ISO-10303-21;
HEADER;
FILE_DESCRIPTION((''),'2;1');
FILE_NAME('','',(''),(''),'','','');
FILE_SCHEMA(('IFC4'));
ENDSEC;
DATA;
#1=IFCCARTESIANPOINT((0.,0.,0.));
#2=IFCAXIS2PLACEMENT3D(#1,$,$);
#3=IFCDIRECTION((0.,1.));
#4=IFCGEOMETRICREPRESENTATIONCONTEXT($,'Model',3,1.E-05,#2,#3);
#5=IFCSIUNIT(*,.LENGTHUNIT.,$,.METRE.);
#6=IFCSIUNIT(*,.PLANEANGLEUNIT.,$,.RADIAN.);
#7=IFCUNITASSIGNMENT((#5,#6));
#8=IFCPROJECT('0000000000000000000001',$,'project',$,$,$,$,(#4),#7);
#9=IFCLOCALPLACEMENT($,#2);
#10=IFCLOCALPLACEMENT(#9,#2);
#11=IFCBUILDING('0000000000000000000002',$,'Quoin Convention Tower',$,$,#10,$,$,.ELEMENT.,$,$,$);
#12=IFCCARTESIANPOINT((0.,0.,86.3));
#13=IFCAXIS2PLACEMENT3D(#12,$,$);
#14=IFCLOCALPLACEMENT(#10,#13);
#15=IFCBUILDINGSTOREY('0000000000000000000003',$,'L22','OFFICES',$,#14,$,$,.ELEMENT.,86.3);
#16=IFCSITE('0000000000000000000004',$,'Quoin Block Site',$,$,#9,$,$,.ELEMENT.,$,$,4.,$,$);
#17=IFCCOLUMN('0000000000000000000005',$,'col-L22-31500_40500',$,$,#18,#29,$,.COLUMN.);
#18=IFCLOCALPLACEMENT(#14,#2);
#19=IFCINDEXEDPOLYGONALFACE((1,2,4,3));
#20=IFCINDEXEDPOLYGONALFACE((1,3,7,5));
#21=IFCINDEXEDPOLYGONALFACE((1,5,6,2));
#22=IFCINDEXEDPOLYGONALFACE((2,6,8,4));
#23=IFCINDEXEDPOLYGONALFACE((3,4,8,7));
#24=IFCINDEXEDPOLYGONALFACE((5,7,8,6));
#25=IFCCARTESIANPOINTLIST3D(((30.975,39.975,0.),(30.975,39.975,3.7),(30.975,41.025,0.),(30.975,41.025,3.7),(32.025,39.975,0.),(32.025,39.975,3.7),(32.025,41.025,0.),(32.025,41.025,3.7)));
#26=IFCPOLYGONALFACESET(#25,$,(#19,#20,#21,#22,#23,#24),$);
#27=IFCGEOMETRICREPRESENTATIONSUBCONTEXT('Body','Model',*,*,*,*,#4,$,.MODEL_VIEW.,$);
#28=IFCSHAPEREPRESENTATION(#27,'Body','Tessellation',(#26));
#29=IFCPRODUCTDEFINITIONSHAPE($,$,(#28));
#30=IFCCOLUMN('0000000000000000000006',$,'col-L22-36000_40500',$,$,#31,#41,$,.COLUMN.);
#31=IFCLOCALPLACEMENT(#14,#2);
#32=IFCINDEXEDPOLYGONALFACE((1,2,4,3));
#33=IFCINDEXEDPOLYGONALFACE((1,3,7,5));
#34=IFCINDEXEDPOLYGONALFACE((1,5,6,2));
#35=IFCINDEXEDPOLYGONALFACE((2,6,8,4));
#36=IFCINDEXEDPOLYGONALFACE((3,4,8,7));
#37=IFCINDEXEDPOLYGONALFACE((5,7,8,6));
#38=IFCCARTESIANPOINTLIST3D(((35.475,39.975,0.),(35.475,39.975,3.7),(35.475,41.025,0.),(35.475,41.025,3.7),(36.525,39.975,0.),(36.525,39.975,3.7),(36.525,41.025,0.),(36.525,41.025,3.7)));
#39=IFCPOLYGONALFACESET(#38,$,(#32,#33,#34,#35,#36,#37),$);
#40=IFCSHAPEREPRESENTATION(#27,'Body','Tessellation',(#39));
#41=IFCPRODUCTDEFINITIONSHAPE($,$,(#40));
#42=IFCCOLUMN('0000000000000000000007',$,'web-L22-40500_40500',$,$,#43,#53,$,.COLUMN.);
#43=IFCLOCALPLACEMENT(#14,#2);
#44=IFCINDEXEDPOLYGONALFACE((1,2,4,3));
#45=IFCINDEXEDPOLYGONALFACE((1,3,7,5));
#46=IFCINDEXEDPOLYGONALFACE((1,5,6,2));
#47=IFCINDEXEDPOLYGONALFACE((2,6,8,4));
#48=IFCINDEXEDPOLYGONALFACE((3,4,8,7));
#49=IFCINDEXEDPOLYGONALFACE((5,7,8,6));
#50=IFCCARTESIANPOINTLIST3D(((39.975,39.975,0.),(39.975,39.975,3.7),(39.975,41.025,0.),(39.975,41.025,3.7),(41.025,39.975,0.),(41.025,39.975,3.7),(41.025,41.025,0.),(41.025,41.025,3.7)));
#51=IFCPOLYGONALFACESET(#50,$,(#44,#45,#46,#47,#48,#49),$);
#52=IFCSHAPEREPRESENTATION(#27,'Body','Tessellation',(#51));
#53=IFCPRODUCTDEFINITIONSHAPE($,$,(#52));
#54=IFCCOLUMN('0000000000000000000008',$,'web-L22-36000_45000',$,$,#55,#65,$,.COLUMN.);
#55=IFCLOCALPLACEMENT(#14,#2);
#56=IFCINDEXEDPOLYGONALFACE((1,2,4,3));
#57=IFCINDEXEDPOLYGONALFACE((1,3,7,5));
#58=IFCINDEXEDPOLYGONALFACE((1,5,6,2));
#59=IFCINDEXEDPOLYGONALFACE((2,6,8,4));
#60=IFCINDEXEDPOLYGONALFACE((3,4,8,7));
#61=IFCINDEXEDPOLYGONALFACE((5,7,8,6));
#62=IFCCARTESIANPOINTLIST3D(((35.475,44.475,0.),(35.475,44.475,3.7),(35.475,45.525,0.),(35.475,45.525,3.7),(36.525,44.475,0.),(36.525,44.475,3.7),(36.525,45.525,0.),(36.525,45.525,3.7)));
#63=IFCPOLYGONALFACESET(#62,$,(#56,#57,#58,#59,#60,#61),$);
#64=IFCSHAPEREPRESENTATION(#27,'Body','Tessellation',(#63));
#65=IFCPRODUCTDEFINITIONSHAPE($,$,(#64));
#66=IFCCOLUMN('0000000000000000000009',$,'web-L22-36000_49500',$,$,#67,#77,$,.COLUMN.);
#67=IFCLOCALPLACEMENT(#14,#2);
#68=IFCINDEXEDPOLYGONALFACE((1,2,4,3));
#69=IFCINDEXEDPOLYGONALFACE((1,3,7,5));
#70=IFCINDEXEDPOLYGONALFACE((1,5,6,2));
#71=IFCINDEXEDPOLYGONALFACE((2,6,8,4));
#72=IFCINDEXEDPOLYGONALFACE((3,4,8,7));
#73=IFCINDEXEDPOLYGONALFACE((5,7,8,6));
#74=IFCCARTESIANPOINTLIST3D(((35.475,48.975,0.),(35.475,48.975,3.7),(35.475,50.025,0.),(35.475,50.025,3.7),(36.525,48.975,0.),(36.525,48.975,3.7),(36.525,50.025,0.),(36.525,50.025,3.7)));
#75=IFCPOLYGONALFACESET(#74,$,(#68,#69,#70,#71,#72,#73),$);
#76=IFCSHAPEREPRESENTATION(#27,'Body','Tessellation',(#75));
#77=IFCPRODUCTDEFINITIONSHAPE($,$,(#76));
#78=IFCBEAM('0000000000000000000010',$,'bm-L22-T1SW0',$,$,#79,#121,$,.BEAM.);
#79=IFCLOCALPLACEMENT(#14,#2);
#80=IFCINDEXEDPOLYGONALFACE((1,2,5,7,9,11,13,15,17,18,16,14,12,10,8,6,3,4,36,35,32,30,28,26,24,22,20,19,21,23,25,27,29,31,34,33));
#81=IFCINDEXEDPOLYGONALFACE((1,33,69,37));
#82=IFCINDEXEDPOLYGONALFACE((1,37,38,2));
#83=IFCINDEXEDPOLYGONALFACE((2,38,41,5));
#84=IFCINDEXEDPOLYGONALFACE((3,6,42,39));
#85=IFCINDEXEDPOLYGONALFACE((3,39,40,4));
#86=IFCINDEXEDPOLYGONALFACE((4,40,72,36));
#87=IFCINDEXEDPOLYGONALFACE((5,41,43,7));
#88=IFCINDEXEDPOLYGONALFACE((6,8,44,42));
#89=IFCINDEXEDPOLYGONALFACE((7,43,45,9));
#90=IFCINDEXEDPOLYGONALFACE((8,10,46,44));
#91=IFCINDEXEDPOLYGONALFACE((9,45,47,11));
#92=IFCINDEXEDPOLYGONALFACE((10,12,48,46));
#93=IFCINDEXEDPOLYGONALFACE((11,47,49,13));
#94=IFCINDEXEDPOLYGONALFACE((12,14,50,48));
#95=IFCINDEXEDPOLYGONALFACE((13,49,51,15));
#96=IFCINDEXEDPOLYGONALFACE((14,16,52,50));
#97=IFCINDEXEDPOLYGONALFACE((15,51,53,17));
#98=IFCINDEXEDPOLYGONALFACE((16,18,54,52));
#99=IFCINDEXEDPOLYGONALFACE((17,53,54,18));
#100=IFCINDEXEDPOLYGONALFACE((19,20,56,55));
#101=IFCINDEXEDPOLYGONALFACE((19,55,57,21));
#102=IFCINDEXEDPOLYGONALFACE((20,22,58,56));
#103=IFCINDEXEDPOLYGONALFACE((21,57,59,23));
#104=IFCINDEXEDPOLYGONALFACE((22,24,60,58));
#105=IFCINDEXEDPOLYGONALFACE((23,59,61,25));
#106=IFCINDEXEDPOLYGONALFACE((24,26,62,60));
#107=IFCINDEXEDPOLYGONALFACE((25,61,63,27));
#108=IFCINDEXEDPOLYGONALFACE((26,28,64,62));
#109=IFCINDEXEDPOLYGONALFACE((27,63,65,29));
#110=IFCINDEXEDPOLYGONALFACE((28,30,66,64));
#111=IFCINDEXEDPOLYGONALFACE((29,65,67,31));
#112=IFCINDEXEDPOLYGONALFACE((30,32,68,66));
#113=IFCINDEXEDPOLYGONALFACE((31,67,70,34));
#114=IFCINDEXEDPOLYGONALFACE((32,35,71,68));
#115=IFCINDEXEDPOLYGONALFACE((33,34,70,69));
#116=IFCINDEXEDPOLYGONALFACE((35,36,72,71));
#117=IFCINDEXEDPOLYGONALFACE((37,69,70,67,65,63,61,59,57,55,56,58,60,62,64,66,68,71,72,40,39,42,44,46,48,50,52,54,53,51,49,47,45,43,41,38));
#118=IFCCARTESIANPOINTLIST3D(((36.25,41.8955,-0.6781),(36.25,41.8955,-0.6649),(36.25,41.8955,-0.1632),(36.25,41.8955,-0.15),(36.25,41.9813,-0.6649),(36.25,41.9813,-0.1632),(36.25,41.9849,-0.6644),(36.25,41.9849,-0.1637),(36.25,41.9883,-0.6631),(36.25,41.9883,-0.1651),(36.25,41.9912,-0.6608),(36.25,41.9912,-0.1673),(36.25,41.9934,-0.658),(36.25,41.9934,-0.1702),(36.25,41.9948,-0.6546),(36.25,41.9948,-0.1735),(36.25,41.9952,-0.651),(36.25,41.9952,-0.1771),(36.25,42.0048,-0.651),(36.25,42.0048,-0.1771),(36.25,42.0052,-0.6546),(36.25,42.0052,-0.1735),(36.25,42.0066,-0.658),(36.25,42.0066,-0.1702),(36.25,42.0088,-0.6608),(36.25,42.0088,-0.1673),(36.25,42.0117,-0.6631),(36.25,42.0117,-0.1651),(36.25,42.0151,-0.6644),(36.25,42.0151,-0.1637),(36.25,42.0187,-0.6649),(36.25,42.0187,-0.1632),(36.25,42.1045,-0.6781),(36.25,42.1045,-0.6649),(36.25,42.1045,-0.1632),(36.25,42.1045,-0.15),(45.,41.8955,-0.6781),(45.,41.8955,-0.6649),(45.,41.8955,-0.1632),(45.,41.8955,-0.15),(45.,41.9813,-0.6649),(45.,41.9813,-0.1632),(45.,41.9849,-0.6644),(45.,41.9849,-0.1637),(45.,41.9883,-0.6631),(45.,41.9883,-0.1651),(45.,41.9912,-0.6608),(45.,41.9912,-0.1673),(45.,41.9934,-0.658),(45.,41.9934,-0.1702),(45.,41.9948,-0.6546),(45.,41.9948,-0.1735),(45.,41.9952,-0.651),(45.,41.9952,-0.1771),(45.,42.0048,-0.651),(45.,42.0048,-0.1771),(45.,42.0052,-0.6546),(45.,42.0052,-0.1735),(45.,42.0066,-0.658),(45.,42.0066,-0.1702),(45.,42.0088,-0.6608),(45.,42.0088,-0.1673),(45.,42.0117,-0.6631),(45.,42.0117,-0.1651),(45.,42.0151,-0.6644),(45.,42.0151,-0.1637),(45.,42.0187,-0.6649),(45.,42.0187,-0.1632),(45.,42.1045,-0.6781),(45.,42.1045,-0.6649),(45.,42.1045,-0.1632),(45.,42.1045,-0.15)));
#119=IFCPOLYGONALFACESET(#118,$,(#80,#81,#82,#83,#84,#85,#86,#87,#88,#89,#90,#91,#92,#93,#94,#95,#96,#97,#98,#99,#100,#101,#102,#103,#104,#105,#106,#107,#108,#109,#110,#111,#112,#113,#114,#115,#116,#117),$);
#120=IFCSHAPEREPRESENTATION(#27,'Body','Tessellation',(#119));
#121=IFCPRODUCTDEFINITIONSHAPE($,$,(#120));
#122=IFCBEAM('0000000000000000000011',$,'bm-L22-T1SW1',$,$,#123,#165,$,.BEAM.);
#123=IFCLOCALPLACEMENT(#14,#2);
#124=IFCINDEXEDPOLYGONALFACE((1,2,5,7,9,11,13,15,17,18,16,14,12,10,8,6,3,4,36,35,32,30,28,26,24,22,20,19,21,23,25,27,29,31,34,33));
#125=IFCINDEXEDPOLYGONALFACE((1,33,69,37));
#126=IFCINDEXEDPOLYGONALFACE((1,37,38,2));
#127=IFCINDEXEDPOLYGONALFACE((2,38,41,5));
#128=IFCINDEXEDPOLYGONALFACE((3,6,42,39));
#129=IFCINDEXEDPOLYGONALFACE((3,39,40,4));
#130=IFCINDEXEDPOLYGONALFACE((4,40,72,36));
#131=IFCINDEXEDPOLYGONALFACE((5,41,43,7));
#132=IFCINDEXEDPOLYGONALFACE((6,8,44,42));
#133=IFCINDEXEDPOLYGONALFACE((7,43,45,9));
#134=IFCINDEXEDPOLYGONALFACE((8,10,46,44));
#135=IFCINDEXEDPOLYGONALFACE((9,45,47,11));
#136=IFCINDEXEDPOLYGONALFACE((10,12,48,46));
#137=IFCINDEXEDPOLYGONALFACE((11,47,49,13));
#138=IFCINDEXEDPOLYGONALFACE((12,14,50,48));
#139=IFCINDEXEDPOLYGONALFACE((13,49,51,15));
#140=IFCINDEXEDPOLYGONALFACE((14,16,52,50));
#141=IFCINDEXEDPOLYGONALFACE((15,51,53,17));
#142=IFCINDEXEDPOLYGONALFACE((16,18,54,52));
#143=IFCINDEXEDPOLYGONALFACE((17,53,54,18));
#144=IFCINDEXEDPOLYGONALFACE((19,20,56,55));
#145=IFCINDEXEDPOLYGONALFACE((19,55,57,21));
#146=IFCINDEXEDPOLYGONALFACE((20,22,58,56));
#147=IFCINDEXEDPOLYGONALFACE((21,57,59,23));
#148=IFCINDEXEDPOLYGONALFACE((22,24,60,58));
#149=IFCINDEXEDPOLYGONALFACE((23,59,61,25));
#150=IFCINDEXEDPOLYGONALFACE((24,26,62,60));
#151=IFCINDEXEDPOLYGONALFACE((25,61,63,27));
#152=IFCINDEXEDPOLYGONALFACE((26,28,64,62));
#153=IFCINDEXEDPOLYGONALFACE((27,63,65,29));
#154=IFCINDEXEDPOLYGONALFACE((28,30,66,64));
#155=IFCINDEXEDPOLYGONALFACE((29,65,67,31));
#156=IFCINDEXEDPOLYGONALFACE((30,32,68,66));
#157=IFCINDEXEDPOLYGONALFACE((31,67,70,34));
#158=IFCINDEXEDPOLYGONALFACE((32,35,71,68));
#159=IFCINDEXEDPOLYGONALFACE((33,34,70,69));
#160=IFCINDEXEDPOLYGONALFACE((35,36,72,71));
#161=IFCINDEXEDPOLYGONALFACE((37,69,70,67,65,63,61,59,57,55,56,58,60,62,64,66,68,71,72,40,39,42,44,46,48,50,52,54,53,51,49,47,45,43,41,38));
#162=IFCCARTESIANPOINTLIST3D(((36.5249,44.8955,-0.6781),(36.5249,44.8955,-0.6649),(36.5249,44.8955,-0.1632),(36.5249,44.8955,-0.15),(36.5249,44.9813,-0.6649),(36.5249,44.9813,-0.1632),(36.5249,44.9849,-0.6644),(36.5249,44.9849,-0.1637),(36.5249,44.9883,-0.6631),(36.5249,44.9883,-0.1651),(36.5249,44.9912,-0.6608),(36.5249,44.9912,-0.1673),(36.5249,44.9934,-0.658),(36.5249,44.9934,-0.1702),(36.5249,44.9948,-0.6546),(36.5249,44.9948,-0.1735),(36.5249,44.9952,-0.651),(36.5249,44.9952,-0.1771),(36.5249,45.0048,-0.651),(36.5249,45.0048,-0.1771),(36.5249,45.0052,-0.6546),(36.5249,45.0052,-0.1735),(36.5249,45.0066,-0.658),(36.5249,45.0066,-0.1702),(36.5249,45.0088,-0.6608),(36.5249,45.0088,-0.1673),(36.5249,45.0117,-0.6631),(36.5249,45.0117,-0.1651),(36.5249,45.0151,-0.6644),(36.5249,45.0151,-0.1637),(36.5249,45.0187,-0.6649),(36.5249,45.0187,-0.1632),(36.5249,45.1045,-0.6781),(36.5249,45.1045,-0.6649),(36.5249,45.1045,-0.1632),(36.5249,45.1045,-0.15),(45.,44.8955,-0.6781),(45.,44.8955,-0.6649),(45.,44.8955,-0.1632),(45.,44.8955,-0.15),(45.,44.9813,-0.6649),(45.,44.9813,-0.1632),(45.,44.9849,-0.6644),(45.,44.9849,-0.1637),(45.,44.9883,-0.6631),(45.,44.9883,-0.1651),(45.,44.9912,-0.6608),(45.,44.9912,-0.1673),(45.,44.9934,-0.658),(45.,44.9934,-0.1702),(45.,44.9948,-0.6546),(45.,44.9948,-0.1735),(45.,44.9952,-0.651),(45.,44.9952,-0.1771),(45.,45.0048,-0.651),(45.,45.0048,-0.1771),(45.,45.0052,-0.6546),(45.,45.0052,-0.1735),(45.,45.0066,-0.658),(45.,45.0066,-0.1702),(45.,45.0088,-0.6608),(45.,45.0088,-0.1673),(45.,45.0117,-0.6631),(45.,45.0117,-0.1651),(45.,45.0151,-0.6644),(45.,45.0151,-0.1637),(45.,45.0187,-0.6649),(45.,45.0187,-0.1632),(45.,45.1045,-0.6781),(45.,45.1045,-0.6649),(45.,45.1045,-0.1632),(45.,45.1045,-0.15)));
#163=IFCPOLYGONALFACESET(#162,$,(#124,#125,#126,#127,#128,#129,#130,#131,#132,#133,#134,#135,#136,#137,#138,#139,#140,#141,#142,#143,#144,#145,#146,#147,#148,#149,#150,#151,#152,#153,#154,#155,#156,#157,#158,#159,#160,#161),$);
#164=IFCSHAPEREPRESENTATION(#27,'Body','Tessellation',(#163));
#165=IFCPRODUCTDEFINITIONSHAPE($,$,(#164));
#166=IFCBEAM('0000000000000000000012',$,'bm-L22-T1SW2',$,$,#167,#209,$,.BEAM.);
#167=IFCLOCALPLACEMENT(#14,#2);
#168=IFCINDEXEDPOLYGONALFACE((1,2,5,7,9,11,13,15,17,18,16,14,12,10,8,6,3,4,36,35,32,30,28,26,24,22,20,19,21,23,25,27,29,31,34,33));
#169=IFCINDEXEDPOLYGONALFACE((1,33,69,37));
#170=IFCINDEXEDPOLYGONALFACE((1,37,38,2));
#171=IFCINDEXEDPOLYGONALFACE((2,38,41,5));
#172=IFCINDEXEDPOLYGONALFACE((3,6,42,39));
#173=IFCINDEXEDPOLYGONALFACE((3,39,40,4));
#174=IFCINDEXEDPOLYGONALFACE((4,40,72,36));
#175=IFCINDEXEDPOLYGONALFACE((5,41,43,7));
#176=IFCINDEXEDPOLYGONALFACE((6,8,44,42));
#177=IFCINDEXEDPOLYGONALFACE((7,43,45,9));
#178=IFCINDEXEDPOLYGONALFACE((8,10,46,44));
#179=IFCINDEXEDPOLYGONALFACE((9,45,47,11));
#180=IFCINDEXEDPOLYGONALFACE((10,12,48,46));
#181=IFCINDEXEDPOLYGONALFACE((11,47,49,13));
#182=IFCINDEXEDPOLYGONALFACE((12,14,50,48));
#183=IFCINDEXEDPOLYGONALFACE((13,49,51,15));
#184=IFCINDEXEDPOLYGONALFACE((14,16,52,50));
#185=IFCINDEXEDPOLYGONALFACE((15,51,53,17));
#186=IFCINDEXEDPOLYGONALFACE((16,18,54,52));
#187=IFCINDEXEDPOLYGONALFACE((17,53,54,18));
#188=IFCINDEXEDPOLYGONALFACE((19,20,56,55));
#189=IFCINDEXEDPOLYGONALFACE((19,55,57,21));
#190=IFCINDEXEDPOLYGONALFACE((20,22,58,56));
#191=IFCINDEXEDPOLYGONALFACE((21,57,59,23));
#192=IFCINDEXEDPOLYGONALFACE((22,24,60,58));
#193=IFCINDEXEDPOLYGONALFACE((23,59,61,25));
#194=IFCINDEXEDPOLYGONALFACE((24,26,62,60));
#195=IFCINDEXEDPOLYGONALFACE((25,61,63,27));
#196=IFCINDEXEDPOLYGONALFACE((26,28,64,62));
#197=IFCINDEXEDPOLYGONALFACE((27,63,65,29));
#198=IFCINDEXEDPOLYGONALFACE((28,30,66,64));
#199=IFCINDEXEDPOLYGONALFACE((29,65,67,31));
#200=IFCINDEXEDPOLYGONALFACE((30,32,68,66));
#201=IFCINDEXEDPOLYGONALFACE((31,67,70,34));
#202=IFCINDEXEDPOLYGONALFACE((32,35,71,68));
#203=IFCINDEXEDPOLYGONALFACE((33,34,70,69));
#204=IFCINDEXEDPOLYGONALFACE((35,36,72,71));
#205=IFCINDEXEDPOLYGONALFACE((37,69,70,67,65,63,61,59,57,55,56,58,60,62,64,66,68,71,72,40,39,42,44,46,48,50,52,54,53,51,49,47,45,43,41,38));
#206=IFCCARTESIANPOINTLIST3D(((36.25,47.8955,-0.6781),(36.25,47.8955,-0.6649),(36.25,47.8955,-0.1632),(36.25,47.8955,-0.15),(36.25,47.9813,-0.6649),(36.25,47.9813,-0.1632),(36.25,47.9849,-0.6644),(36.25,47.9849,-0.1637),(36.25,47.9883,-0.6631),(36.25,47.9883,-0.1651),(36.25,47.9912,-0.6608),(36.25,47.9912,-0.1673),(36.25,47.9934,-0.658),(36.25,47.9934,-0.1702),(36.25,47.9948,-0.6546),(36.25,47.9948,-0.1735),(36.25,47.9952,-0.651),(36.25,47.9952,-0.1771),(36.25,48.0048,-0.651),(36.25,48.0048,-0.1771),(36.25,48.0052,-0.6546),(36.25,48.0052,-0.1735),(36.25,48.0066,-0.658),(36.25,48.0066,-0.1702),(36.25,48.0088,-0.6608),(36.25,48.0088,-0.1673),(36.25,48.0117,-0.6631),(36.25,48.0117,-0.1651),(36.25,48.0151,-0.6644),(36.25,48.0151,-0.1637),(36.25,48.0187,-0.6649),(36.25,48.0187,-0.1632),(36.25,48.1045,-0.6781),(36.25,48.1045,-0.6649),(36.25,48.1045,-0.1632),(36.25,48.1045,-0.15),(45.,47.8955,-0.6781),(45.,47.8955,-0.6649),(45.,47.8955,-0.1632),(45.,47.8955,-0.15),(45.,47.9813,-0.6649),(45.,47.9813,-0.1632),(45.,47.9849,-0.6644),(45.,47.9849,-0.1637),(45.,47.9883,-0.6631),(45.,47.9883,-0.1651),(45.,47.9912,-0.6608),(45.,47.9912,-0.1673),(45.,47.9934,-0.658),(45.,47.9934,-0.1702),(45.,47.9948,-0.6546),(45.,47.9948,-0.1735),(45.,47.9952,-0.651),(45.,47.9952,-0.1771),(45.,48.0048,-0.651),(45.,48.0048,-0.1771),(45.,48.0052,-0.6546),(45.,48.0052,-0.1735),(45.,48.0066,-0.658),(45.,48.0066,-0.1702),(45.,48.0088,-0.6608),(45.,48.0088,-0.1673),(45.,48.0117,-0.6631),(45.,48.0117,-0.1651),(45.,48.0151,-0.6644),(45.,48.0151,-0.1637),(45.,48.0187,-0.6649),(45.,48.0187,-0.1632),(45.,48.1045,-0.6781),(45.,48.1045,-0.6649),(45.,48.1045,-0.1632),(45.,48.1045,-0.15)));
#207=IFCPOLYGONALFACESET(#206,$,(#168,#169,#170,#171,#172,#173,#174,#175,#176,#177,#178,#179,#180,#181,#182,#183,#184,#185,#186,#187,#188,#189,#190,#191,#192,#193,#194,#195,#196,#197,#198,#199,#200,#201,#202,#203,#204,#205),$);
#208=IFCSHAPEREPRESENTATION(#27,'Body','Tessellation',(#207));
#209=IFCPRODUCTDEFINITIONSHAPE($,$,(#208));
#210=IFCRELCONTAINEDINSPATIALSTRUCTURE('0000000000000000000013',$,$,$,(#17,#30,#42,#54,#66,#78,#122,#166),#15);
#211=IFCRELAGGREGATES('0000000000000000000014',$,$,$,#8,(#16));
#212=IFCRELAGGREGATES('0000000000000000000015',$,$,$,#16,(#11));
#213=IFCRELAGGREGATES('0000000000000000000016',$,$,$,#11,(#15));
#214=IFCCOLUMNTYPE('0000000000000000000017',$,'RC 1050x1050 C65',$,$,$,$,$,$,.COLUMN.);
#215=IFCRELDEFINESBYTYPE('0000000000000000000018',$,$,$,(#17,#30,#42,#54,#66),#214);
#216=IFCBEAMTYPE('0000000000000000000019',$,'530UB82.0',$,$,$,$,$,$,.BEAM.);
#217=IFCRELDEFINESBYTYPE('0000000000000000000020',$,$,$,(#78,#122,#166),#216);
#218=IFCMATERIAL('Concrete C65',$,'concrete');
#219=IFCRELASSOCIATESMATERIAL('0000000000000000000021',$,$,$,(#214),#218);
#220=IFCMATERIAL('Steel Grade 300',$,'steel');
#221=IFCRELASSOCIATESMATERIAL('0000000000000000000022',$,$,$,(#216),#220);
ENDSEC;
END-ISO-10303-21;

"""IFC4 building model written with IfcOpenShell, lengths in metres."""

from ifc_helpers import new_model, si_unit, direction, frame, origin, origin_2d, place, context, subcontext, project, spatial, rectangle, i_section, extrude, material, material_profile, profile_set, type_object, element, save


model = new_model("IFC4")

# Units and contexts
model_context = context("Model", 3, precision=1e-05, world=origin(), true_north=direction((0.0, 1.0)))
body_context = subcontext(model_context, "Body", "Model", "MODEL_VIEW")
ifc_project = project(units=[si_unit("LENGTHUNIT", "METRE"), si_unit("PLANEANGLEUNIT", "RADIAN")], contexts=[model_context])

# Site, building, storey
site_placement = place(None, origin())
site = spatial("IfcSite", under=ifc_project, at=site_placement, Name="Quoin Block Site", CompositionType="ELEMENT", RefElevation=4.0)
building_placement = place(site_placement, origin())
building = spatial("IfcBuilding", under=site, at=building_placement, Name="Quoin Convention Tower", CompositionType="ELEMENT")
storey_placement = place(building_placement, frame((0.0, 0.0, 86.3)))
storey = spatial("IfcBuildingStorey", under=building, at=storey_placement, Name="L22", Description="OFFICES", CompositionType="ELEMENT", Elevation=86.3)

# Columns
ifc_material_1 = material(Name="Concrete C65", Category="concrete")
ifc_material_profile_1 = material_profile(ifc_material_1, rectangle(XDim=1.05, YDim=1.05, at=origin_2d()), Name="RC 1050x1050")
ifc_profile_set_1 = profile_set([ifc_material_profile_1], Name="Concrete C65")
column_type = type_object("IfcColumnType", Name="RC 1050x1050 C65", PredefinedType="COLUMN", material=ifc_profile_set_1)
for number, where, z_axis, x_axis, name in (
    (1, (31.5, 40.5, 0.0), (0.0, 0.0, 1.0), (1.0, 0.0, 0.0), "col-L22-31500_40500"),
    (2, (36.0, 40.5, 0.0), (0.0, 0.0, 1.0), (1.0, 0.0, 0.0), "col-L22-36000_40500"),
    (3, (40.5, 40.5, 0.0), (0.0, 0.0, 1.0), (1.0, 0.0, 0.0), "web-L22-40500_40500"),
    (4, (36.0, 45.0, 0.0), (0.0, 0.0, 1.0), (1.0, 0.0, 0.0), "web-L22-36000_45000"),
    (5, (36.0, 49.5, 0.0), (0.0, 0.0, 1.0), (1.0, 0.0, 0.0), "web-L22-36000_49500"),
):
    element("IfcColumn", number, at=place(storey_placement, frame(where, z_axis=z_axis, x_axis=x_axis)), inside=storey, type_object=column_type, Name=name, PredefinedType="COLUMN", context=body_context, shape_type="SweptSolid", body=[
        extrude(rectangle(XDim=1.05, YDim=1.05, at=origin_2d()), origin(), (0.0, 0.0, 1.0), 3.7),
    ])

# Beams
ifc_material_2 = material(Name="Steel Grade 300", Category="steel")
ifc_material_profile_2 = material_profile(ifc_material_2, i_section(OverallWidth=0.209, OverallDepth=0.5281, WebThickness=0.0095, FlangeThickness=0.0132, FilletRadius=0.0139, at=origin_2d()), Name="530UB82.0")
ifc_profile_set_2 = profile_set([ifc_material_profile_2], Name="Steel Grade 300")
beam_type_1 = type_object("IfcBeamType", Name="530UB82.0", PredefinedType="BEAM", material=ifc_profile_set_2)
beam_1_placement = place(storey_placement, frame((36.25, 42.0, -0.4141), z_axis=(1.0, 0.0, 0.0), x_axis=(0.0, 1.0, 0.0)))
element("IfcBeam", 6, at=beam_1_placement, inside=storey, type_object=beam_type_1, Name="bm-L22-T1SW0", PredefinedType="BEAM", context=body_context, shape_type="SweptSolid", body=[
    extrude(i_section(OverallWidth=0.209, OverallDepth=0.5281, WebThickness=0.0095, FlangeThickness=0.0132, FilletRadius=0.0139, at=origin_2d()), origin(), (0.0, 0.0, 1.0), 8.75),
])
beam_2_placement = place(storey_placement, frame((36.5249, 45.0, -0.4141), z_axis=(1.0, 0.0, 0.0), x_axis=(0.0, 1.0, 0.0)))
element("IfcBeam", 7, at=beam_2_placement, inside=storey, type_object=beam_type_1, Name="bm-L22-T1SW1", PredefinedType="BEAM", context=body_context, shape_type="SweptSolid", body=[
    extrude(i_section(OverallWidth=0.209, OverallDepth=0.5281, WebThickness=0.0095, FlangeThickness=0.0132, FilletRadius=0.0139, at=origin_2d()), origin(), (0.0, 0.0, 1.0), 8.4751),
])
beam_3_placement = place(storey_placement, frame((36.25, 48.0, -0.4141), z_axis=(1.0, 0.0, 0.0), x_axis=(0.0, 1.0, 0.0)))
element("IfcBeam", 8, at=beam_3_placement, inside=storey, type_object=beam_type_1, Name="bm-L22-T1SW2", PredefinedType="BEAM", context=body_context, shape_type="SweptSolid", body=[
    extrude(i_section(OverallWidth=0.209, OverallDepth=0.5281, WebThickness=0.0095, FlangeThickness=0.0132, FilletRadius=0.0139, at=origin_2d()), origin(), (0.0, 0.0, 1.0), 8.75),
])

save(model, "model.ifc")
